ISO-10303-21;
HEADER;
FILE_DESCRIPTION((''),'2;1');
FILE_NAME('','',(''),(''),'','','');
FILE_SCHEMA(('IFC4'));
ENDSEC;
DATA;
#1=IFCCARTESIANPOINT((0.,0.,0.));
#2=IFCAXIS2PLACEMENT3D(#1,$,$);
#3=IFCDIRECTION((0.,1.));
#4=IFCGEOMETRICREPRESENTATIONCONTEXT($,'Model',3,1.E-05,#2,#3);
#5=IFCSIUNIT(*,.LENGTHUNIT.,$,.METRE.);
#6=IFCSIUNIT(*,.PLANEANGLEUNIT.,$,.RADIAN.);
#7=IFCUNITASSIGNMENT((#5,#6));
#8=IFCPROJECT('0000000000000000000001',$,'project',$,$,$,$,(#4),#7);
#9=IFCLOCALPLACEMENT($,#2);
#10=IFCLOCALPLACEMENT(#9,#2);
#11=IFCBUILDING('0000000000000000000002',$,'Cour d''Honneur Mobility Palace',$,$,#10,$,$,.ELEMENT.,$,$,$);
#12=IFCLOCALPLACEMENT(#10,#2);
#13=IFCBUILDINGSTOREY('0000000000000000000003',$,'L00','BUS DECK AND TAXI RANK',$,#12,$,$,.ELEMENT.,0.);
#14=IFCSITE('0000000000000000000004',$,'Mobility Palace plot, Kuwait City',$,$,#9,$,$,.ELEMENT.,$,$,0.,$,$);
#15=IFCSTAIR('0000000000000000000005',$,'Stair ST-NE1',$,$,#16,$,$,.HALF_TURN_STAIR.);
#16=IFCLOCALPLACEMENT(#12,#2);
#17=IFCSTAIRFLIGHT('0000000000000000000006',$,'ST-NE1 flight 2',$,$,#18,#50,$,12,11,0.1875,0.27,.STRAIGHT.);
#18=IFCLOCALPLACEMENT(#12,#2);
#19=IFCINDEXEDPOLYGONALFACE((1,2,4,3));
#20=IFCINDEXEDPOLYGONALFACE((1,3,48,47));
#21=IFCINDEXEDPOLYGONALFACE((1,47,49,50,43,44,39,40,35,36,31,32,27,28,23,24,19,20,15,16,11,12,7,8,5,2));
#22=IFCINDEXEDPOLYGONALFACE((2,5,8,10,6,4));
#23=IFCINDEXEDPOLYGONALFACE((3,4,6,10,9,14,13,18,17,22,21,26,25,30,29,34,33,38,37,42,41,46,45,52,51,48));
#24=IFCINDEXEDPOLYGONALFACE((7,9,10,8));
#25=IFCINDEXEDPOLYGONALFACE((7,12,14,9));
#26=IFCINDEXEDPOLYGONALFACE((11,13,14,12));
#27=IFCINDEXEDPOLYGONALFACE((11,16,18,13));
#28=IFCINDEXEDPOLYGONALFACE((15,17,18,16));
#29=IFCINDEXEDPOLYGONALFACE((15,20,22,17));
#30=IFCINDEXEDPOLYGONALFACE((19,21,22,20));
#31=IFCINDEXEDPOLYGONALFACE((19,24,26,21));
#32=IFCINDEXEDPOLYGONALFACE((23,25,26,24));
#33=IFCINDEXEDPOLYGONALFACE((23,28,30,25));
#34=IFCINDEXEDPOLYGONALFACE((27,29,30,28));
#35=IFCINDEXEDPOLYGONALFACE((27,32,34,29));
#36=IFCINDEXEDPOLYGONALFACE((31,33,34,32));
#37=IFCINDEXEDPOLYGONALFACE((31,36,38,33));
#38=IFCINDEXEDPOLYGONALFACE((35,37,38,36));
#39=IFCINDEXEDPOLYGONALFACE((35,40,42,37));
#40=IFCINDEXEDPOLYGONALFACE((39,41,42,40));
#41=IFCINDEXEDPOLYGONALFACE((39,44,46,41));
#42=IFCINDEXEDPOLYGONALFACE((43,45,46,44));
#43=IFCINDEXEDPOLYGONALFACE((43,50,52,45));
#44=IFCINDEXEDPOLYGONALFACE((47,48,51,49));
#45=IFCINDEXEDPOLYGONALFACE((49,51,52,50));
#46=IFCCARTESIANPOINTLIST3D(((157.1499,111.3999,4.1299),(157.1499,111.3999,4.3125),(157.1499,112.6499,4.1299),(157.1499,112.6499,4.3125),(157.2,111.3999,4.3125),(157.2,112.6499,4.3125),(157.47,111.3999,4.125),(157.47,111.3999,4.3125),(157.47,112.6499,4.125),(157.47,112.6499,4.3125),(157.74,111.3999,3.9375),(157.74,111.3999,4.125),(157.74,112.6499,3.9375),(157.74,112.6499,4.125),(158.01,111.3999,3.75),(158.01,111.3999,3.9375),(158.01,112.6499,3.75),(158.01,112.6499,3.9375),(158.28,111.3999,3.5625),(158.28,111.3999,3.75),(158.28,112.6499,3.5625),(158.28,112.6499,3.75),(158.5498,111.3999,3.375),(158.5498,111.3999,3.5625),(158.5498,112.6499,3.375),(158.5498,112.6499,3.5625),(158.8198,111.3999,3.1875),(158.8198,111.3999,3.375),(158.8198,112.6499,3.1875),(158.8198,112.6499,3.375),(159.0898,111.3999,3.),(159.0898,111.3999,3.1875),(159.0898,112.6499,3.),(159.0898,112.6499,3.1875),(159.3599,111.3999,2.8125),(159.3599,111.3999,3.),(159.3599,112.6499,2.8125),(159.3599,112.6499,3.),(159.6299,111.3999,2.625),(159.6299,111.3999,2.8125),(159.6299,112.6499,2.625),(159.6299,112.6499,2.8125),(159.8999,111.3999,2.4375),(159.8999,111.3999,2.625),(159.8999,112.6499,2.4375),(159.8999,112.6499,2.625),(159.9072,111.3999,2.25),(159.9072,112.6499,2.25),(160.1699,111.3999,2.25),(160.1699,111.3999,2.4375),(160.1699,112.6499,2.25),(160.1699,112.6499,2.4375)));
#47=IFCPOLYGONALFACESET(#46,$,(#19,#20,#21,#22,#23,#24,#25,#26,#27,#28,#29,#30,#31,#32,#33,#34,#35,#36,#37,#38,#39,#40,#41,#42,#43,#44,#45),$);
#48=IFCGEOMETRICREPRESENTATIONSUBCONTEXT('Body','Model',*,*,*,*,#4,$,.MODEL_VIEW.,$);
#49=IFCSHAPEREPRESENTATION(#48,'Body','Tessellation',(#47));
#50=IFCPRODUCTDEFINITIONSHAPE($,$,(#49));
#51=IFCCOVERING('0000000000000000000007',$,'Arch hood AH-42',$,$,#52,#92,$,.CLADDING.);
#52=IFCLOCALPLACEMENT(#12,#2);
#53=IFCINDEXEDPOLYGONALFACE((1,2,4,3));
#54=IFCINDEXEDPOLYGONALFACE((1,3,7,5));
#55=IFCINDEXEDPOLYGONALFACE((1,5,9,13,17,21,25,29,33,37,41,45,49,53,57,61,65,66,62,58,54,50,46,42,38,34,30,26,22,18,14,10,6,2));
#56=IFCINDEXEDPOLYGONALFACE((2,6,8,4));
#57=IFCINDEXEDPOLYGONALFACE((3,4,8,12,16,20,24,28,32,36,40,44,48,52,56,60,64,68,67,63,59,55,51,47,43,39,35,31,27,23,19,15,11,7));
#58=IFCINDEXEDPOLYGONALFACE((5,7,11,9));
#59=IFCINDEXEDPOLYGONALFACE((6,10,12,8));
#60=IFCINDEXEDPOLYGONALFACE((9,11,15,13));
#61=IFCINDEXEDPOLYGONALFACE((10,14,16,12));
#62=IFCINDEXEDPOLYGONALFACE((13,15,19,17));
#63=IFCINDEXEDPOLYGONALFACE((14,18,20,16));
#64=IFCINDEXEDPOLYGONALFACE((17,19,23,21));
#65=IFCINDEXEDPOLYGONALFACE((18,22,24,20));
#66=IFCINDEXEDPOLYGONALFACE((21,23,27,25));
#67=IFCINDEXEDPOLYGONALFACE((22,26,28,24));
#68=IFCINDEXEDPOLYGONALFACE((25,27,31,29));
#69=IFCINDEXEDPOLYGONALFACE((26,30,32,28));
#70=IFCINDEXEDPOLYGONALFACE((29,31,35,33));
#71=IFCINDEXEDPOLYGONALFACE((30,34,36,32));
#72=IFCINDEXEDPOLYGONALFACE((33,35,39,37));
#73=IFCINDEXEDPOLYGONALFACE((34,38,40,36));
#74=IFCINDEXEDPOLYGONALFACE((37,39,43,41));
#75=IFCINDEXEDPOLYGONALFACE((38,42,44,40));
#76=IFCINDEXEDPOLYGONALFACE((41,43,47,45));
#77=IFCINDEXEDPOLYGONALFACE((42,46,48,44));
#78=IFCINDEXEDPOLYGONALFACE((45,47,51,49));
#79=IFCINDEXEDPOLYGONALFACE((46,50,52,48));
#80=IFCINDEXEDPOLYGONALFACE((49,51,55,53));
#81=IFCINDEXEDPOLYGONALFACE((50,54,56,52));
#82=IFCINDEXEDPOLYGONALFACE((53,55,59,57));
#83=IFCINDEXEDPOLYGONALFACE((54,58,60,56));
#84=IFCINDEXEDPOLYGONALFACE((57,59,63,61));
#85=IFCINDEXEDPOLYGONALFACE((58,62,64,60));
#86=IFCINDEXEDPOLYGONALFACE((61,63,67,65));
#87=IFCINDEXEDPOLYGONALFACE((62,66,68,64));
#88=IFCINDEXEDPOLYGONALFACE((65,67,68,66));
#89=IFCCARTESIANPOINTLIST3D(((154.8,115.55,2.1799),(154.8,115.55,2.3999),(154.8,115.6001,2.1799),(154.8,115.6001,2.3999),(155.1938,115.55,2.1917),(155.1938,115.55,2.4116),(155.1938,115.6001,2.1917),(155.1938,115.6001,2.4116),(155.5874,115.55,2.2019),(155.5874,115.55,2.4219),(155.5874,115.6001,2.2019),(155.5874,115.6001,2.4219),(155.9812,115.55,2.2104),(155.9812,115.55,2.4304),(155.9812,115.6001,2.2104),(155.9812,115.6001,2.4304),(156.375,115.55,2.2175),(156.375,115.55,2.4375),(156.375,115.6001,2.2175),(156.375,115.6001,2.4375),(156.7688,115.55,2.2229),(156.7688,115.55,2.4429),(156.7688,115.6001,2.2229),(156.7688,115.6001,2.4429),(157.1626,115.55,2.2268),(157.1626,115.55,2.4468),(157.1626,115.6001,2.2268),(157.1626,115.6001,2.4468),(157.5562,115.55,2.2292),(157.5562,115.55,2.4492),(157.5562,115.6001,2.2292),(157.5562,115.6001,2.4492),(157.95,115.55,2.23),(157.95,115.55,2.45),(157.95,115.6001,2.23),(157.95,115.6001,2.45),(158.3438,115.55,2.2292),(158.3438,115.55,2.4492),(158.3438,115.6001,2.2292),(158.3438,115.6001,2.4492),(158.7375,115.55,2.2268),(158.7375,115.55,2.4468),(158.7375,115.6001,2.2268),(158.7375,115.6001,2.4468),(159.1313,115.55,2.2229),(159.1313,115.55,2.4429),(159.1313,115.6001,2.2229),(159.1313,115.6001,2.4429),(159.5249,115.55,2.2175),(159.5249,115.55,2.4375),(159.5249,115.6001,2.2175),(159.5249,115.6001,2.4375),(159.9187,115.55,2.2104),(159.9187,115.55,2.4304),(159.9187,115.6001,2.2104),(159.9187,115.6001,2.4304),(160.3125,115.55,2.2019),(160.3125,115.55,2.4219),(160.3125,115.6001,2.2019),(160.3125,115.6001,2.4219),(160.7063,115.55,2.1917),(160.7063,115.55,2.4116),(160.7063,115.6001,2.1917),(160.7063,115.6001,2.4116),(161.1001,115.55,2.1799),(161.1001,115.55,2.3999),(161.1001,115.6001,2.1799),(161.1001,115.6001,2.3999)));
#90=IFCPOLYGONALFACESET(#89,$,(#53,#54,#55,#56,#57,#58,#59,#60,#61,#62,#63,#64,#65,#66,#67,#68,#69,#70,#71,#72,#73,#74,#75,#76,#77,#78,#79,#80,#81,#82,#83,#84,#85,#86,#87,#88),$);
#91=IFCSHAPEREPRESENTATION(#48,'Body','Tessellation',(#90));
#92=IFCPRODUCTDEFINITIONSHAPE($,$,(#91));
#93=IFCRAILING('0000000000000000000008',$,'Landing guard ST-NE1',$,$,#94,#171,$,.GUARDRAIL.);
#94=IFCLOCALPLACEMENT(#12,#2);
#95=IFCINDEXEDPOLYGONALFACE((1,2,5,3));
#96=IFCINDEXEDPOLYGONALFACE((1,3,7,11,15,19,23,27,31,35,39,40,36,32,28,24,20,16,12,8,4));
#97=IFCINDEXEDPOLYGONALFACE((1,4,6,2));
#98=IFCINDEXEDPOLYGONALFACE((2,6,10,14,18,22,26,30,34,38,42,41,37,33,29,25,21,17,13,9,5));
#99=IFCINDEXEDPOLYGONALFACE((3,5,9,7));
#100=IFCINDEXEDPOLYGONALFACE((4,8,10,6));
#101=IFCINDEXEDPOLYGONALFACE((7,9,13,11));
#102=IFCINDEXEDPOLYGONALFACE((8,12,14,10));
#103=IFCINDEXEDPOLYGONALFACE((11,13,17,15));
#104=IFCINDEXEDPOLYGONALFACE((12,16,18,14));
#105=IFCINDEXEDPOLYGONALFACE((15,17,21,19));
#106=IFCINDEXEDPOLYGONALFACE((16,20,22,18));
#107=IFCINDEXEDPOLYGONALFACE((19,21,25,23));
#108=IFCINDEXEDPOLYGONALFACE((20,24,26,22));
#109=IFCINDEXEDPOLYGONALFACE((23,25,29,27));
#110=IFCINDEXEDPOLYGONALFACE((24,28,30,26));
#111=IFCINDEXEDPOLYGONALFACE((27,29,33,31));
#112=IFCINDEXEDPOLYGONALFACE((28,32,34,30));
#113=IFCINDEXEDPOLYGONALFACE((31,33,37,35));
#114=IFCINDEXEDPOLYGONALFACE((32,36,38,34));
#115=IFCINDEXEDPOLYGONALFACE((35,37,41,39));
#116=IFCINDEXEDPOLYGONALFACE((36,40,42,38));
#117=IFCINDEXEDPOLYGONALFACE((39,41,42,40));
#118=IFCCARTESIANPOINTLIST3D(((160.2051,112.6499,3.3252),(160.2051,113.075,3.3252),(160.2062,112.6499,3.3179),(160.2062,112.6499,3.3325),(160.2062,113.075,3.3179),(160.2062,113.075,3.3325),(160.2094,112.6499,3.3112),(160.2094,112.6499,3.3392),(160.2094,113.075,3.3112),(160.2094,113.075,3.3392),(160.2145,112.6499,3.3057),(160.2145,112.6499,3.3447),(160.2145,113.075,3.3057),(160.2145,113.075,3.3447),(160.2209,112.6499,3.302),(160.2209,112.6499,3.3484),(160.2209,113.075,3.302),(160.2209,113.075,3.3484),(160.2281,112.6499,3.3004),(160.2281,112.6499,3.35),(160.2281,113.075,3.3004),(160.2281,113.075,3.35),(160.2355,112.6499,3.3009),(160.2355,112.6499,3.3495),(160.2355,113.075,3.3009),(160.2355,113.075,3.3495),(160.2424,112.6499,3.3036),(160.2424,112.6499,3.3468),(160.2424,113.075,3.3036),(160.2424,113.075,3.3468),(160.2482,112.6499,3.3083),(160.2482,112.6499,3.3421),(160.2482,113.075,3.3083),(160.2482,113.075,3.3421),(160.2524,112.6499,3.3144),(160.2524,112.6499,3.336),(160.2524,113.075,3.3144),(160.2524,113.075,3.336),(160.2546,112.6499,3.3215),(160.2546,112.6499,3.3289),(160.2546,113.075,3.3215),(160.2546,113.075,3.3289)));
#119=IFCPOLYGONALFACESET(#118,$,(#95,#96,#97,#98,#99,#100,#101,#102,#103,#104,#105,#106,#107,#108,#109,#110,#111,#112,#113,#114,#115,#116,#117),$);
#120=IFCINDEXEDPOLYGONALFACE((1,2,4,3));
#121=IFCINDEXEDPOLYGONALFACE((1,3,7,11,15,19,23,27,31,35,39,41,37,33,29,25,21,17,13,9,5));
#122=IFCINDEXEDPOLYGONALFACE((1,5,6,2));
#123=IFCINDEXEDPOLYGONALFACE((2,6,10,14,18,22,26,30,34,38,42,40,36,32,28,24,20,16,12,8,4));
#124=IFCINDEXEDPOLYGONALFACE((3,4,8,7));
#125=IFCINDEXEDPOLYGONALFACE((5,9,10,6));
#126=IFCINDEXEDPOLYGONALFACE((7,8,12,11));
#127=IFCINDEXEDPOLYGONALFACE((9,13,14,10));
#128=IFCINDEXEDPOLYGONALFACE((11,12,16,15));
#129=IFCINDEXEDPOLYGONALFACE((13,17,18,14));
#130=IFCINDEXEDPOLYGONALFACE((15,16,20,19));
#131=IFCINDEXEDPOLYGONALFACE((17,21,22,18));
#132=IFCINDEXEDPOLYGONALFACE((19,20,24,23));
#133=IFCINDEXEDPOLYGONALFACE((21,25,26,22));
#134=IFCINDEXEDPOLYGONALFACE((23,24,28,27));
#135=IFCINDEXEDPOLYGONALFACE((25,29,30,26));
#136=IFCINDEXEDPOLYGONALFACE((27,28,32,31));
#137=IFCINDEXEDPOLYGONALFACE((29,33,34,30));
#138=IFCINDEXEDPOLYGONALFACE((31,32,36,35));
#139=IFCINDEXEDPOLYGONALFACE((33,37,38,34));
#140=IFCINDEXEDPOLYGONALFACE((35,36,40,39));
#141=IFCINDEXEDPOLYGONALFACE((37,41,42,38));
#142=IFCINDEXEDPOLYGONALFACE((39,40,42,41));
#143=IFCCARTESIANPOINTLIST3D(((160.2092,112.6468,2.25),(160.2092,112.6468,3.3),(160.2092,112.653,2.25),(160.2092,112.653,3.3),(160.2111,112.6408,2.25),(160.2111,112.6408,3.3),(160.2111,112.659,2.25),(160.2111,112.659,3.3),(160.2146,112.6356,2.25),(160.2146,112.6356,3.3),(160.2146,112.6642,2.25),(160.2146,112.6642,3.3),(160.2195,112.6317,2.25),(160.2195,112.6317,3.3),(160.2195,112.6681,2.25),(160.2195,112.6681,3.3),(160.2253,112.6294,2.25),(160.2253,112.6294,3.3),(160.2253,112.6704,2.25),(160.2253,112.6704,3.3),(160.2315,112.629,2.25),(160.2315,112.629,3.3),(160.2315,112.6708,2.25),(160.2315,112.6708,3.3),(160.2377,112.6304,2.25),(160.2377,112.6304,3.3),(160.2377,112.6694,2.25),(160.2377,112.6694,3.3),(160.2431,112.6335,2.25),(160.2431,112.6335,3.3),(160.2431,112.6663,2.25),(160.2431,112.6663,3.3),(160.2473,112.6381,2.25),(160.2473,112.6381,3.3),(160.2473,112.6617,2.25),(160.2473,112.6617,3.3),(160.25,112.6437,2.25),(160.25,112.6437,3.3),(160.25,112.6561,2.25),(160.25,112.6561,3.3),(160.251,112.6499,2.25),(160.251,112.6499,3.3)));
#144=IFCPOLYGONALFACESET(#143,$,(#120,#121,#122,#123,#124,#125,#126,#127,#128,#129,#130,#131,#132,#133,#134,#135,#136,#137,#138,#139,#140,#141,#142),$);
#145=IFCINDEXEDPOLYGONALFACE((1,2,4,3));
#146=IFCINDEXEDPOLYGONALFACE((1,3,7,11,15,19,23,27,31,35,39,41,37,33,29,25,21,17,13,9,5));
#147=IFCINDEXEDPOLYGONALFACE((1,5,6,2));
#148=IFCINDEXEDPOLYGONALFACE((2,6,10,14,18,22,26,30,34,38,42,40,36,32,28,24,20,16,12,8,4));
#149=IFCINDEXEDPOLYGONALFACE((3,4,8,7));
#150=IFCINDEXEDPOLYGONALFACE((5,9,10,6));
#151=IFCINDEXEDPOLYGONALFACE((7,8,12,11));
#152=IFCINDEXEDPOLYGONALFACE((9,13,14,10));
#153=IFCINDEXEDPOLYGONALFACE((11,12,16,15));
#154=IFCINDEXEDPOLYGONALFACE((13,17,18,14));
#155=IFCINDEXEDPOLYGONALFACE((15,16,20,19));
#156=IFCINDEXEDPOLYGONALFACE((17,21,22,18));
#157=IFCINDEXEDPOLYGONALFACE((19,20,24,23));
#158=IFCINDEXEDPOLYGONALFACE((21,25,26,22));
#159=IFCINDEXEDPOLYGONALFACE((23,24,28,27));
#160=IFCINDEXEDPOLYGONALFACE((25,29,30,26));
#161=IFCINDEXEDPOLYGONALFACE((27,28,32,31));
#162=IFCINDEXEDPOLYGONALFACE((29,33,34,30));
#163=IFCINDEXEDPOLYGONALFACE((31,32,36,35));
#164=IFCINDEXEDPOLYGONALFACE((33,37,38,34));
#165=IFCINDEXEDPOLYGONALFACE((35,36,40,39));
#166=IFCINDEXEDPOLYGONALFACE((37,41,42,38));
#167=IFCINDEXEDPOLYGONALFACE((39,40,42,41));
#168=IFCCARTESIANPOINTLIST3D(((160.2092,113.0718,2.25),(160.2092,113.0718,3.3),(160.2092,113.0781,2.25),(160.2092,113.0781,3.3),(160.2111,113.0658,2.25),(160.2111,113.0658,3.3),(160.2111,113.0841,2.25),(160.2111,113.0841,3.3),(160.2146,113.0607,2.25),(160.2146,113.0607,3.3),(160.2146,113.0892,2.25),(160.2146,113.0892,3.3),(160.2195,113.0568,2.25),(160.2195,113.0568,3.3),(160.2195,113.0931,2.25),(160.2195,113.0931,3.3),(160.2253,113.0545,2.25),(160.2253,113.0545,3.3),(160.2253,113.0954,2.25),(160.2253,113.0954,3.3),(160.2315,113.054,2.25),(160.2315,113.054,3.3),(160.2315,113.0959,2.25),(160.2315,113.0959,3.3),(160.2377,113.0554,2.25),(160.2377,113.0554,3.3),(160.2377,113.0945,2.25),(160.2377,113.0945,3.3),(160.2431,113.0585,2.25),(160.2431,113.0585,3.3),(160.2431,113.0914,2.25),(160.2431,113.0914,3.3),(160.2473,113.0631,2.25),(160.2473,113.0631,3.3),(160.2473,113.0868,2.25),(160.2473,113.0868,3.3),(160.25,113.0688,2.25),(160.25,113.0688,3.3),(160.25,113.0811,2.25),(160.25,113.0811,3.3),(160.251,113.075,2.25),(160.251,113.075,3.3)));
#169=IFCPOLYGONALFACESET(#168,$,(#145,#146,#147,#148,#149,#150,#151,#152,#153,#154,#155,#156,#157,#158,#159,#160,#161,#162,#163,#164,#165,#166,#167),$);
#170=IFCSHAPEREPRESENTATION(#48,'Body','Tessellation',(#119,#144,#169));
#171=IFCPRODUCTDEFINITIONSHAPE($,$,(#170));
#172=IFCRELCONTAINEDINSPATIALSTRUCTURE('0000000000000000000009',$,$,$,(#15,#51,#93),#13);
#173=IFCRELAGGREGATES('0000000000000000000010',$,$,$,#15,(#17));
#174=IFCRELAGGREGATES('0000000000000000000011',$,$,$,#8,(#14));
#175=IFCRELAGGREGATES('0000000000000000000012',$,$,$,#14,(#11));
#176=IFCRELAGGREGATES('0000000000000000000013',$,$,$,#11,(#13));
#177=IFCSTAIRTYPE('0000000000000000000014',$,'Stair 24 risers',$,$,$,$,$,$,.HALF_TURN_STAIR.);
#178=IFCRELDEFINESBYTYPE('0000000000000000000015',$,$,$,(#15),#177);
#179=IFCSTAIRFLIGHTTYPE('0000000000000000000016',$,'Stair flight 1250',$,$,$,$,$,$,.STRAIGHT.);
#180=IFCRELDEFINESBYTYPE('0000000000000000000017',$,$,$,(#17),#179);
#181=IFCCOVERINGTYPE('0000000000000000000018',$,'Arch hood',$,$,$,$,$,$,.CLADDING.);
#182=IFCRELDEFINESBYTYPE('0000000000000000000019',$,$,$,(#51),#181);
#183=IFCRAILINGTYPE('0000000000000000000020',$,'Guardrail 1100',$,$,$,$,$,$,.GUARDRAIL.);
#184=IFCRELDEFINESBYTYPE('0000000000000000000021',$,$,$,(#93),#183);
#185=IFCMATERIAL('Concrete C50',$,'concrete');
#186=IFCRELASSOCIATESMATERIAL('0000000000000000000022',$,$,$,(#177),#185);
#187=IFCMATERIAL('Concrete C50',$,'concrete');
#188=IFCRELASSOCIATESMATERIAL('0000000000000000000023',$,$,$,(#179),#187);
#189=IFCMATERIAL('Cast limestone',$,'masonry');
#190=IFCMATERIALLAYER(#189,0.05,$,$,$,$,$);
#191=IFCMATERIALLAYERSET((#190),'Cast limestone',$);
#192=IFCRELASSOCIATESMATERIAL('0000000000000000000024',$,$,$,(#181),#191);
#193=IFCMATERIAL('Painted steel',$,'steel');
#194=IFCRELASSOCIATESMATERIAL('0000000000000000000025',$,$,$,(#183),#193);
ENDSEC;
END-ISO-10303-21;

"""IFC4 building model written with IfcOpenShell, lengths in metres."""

from ifc_helpers import new_model, si_unit, direction, frame, origin, origin_2d, place, context, subcontext, project, spatial, polyline, circle, outline, extrude, material, layer, layer_set, type_object, element, aggregate, save


model = new_model("IFC4")

# Units and contexts
model_context = context("Model", 3, precision=1e-05, world=origin(), true_north=direction((0.0, 1.0)))
body_context = subcontext(model_context, "Body", "Model", "MODEL_VIEW")
ifc_project = project(units=[si_unit("LENGTHUNIT", "METRE"), si_unit("PLANEANGLEUNIT", "RADIAN")], contexts=[model_context])

# Site, building, storey
site_placement = place(None, origin())
site = spatial("IfcSite", under=ifc_project, at=site_placement, Name="Mobility Palace plot, Kuwait City", CompositionType="ELEMENT", RefElevation=0.0)
building_placement = place(site_placement, origin())
building = spatial("IfcBuilding", under=site, at=building_placement, Name="Cour d'Honneur Mobility Palace", CompositionType="ELEMENT")
storey_placement = place(building_placement, origin())
storey = spatial("IfcBuildingStorey", under=building, at=storey_placement, Name="L00", Description="BUS DECK AND TAXI RANK", CompositionType="ELEMENT", Elevation=0.0)

# Stair, stair flight
ifc_material_1 = material(Name="Concrete C50", Category="concrete")
stair_type = type_object("IfcStairType", Name="Stair 24 risers", PredefinedType="HALF_TURN_STAIR", material=ifc_material_1)
stair_placement = place(storey_placement, origin())
stair = element("IfcStair", 1, at=stair_placement, inside=storey, type_object=stair_type, Name="Stair ST-NE1", PredefinedType="HALF_TURN_STAIR")
ifc_material_2 = material(Name="Concrete C50", Category="concrete")
stair_flight_type = type_object("IfcStairFlightType", Name="Stair flight 1250", PredefinedType="STRAIGHT", material=ifc_material_2)
stair_flight_placement = place(storey_placement, frame((160.1699, 112.0249, 2.25), z_axis=(0.0, 0.0, 1.0), x_axis=(-1.0, 0.0, 0.0)))
stair_flight = element("IfcStairFlight", 2, at=stair_flight_placement, type_object=stair_flight_type, Name="ST-NE1 flight 2", NumberOfRisers=12, NumberOfTreads=11, PredefinedType="STRAIGHT", RiserHeight=0.1875, TreadLength=0.27, context=body_context, shape_type="SweptSolid", body=[
    extrude(outline(polyline([(0.0, 0.0), (0.0, 0.1875), (0.27, 0.1875), (0.27, 0.375), (0.54, 0.375), (0.54, 0.5625), (0.8101, 0.5625), (0.8101, 0.75), (1.0801, 0.75), (1.0801, 0.9375), (1.3501, 0.9375), (1.3501, 1.125), (1.6201, 1.125), (1.6201, 1.3125), (1.8899, 1.3125), (1.8899, 1.5), (2.1599, 1.5), (2.1599, 1.6875), (2.4299, 1.6875), (2.4299, 1.875), (2.7, 1.875), (2.7, 2.0625), (2.97, 2.0625), (3.02, 2.0625), (3.02, 1.8799), (0.2627, 0.0), (0.0, 0.0)])), frame((0.0, 0.625, 0.0), z_axis=(0.0, -1.0, 0.0), x_axis=(1.0, 0.0, 0.0)), (0.0, 0.0, 1.0), 1.25),
])
aggregate(stair, [stair_flight])

# Covering
ifc_material_3 = material(Name="Cast limestone", Category="masonry")
ifc_layer_1 = layer(ifc_material_3, 0.05)
ifc_layer_set_1 = layer_set([ifc_layer_1], Name="Cast limestone")
covering_type_1 = type_object("IfcCoveringType", Name="Arch hood", PredefinedType="CLADDING", material=ifc_layer_set_1)
covering_1_placement = place(storey_placement, frame((161.1001, 115.6001, 2.1799), z_axis=(0.0, 1.0, 0.0), x_axis=(-0.999558, 0.0, 0.029745)))
element("IfcCovering", 3, at=covering_1_placement, inside=storey, type_object=covering_type_1, Name="Arch hood AH-42", PredefinedType="CLADDING", context=body_context, shape_type="SweptSolid", body=[
    extrude(outline(polyline([(0.0, 0.0), (0.394, 0.0), (0.7879, -0.0015), (1.1818, -0.0046), (1.5756, -0.0093), (1.9692, -0.0156), (2.3629, -0.0234), (2.7566, -0.0327), (3.1502, -0.0437), (3.5438, -0.0561), (3.9372, -0.0703), (4.3307, -0.0859), (4.7241, -0.103), (5.1175, -0.1218), (5.5109, -0.142), (5.904, -0.164), (6.2973, -0.1874), (6.3038, 0.0325), (5.9105, 0.0559), (5.5175, 0.0779), (5.1241, 0.0981), (4.7307, 0.1169), (4.3372, 0.134), (3.9437, 0.1496), (3.5504, 0.1638), (3.1568, 0.1762), (2.7631, 0.1872), (2.3694, 0.1965), (1.9757, 0.2043), (1.5822, 0.2106), (1.1883, 0.2152), (0.7944, 0.2184), (0.4005, 0.2199), (0.0065, 0.2199), (0.0, 0.0)])), origin(), (0.0, 0.0, -1.0), 0.05),
])

# Railing
ifc_material_4 = material(Name="Painted steel", Category="steel")
railing_type_1 = type_object("IfcRailingType", Name="Guardrail 1100", PredefinedType="GUARDRAIL", material=ifc_material_4)
railing_placement = place(storey_placement, frame((160.23, 112.6499, 2.25)))
element("IfcRailing", 4, at=railing_placement, inside=storey, type_object=railing_type_1, Name="Landing guard ST-NE1", PredefinedType="GUARDRAIL", context=body_context, shape_type="SweptSolid", body=[
    extrude(circle(Radius=0.0249, at=origin_2d()), frame((0.0, 0.0, 1.0752), z_axis=(0.0, 1.0, 0.0), x_axis=(-1.0, 0.0, 0.0)), (0.0, 0.0, 1.0), 0.425),
    extrude(circle(Radius=0.021, at=origin_2d()), origin(), (0.0, 0.0, 1.0), 1.05),
    extrude(circle(Radius=0.021, at=origin_2d()), frame((0.0, 0.425, 0.0)), (0.0, 0.0, 1.0), 1.05),
])

save(model, "model.ifc")
